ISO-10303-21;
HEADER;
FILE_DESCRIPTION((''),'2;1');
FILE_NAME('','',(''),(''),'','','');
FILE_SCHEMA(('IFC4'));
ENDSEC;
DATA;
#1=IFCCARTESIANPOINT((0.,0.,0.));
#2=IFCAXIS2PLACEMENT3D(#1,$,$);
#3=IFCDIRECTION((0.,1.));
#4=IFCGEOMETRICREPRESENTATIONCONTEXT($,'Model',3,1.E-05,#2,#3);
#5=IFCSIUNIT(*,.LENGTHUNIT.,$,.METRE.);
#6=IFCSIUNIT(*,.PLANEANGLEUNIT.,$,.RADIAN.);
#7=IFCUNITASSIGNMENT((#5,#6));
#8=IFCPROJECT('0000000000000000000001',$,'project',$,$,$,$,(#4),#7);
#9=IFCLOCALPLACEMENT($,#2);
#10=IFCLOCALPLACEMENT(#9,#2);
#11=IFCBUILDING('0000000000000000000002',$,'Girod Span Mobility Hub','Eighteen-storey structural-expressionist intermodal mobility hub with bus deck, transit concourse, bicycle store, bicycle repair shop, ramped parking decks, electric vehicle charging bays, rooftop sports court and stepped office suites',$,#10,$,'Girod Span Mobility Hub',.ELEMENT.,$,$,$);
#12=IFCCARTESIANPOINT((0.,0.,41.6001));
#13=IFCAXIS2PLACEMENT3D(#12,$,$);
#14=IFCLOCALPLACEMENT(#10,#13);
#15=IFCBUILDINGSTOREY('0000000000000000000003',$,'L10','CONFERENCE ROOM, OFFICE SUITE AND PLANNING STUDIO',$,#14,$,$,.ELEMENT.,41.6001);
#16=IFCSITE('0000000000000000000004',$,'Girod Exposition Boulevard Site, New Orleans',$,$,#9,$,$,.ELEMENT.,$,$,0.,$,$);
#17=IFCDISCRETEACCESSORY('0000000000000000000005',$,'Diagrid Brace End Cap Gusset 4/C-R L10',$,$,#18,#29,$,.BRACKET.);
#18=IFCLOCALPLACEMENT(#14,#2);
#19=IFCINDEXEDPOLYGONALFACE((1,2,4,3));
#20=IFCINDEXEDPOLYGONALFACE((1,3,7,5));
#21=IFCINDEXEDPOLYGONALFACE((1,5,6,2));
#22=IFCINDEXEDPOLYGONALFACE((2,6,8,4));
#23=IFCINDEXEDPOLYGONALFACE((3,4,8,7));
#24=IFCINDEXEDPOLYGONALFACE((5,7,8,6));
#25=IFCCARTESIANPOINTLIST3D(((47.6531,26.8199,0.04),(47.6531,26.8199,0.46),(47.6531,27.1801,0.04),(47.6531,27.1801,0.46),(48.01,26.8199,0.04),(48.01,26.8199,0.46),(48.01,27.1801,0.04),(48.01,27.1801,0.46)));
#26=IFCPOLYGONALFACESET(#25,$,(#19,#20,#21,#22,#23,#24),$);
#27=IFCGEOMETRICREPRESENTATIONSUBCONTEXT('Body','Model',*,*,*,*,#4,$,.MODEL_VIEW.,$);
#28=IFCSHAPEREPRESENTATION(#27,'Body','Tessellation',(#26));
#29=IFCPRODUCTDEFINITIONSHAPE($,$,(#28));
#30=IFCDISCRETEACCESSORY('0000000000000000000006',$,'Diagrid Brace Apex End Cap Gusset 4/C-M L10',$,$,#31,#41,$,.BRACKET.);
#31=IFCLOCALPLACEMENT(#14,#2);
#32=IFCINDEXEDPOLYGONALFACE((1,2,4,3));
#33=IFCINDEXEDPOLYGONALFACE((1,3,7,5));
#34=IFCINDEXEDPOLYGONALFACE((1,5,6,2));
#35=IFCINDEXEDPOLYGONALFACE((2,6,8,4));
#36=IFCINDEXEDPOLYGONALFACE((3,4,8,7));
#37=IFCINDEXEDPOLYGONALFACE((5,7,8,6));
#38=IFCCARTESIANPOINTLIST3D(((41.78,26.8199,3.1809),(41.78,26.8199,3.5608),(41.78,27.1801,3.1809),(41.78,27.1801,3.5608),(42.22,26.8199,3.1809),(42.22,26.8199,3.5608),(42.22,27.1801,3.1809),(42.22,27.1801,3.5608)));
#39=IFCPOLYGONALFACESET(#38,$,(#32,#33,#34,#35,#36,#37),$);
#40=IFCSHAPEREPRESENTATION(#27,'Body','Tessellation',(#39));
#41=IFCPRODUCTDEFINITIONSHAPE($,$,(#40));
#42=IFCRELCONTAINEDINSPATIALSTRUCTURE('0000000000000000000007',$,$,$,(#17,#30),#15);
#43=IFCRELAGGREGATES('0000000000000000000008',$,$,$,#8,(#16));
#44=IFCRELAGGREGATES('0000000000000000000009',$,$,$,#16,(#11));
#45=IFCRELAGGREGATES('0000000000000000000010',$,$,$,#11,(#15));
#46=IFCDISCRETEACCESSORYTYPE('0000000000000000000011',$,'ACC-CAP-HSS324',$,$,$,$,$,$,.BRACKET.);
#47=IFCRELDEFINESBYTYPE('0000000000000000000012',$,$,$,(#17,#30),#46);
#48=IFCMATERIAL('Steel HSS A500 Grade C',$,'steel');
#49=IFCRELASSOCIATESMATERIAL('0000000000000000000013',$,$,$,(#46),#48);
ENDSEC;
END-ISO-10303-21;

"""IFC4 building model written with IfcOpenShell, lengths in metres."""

from ifc_helpers import new_model, si_unit, direction, frame, origin, origin_2d, place, context, subcontext, project, spatial, rectangle, extrude, material, type_object, element, save


model = new_model("IFC4")

# Units and contexts
model_context = context("Model", 3, precision=1e-05, world=origin(), true_north=direction((0.0, 1.0)))
body_context = subcontext(model_context, "Body", "Model", "MODEL_VIEW")
ifc_project = project(units=[si_unit("LENGTHUNIT", "METRE"), si_unit("PLANEANGLEUNIT", "RADIAN")], contexts=[model_context])

# Site, building, storey
site_placement = place(None, origin())
site = spatial("IfcSite", under=ifc_project, at=site_placement, Name="Girod Exposition Boulevard Site, New Orleans", CompositionType="ELEMENT", RefElevation=0.0)
building_placement = place(site_placement, origin())
building = spatial("IfcBuilding", under=site, at=building_placement, Name="Girod Span Mobility Hub", Description="Eighteen-storey structural-expressionist intermodal mobility hub with bus deck, transit concourse, bicycle store, bicycle repair shop, ramped parking decks, electric vehicle charging bays, rooftop sports court and stepped office suites", LongName="Girod Span Mobility Hub", CompositionType="ELEMENT")
storey_placement = place(building_placement, frame((0.0, 0.0, 41.6001)))
storey = spatial("IfcBuildingStorey", under=building, at=storey_placement, Name="L10", Description="CONFERENCE ROOM, OFFICE SUITE AND PLANNING STUDIO", CompositionType="ELEMENT", Elevation=41.6001)

# Discrete accessories
ifc_material_1 = material(Name="Steel HSS A500 Grade C", Category="steel")
discrete_accessory_type = type_object("IfcDiscreteAccessoryType", Name="ACC-CAP-HSS324", PredefinedType="BRACKET", material=ifc_material_1)
discrete_accessory_1_placement = place(storey_placement, frame((47.8315, 27.0, 0.04), z_axis=(0.0, 0.0, 1.0), x_axis=(1.0, 0.0, 0.0)))
element("IfcDiscreteAccessory", 1, at=discrete_accessory_1_placement, inside=storey, type_object=discrete_accessory_type, Name="Diagrid Brace End Cap Gusset 4/C-R L10", PredefinedType="BRACKET", context=body_context, shape_type="SweptSolid", body=[
    extrude(rectangle(XDim=0.3569, YDim=0.3601, at=origin_2d()), origin(), (0.0, 0.0, 1.0), 0.4199),
])
discrete_accessory_2_placement = place(storey_placement, frame((42.0, 27.0, 3.1809), z_axis=(0.0, 0.0, 1.0), x_axis=(1.0, 0.0, 0.0)))
element("IfcDiscreteAccessory", 2, at=discrete_accessory_2_placement, inside=storey, type_object=discrete_accessory_type, Name="Diagrid Brace Apex End Cap Gusset 4/C-M L10", PredefinedType="BRACKET", context=body_context, shape_type="SweptSolid", body=[
    extrude(rectangle(XDim=0.4399, YDim=0.3601, at=origin_2d()), origin(), (0.0, 0.0, 1.0), 0.3799),
])

save(model, "model.ifc")
